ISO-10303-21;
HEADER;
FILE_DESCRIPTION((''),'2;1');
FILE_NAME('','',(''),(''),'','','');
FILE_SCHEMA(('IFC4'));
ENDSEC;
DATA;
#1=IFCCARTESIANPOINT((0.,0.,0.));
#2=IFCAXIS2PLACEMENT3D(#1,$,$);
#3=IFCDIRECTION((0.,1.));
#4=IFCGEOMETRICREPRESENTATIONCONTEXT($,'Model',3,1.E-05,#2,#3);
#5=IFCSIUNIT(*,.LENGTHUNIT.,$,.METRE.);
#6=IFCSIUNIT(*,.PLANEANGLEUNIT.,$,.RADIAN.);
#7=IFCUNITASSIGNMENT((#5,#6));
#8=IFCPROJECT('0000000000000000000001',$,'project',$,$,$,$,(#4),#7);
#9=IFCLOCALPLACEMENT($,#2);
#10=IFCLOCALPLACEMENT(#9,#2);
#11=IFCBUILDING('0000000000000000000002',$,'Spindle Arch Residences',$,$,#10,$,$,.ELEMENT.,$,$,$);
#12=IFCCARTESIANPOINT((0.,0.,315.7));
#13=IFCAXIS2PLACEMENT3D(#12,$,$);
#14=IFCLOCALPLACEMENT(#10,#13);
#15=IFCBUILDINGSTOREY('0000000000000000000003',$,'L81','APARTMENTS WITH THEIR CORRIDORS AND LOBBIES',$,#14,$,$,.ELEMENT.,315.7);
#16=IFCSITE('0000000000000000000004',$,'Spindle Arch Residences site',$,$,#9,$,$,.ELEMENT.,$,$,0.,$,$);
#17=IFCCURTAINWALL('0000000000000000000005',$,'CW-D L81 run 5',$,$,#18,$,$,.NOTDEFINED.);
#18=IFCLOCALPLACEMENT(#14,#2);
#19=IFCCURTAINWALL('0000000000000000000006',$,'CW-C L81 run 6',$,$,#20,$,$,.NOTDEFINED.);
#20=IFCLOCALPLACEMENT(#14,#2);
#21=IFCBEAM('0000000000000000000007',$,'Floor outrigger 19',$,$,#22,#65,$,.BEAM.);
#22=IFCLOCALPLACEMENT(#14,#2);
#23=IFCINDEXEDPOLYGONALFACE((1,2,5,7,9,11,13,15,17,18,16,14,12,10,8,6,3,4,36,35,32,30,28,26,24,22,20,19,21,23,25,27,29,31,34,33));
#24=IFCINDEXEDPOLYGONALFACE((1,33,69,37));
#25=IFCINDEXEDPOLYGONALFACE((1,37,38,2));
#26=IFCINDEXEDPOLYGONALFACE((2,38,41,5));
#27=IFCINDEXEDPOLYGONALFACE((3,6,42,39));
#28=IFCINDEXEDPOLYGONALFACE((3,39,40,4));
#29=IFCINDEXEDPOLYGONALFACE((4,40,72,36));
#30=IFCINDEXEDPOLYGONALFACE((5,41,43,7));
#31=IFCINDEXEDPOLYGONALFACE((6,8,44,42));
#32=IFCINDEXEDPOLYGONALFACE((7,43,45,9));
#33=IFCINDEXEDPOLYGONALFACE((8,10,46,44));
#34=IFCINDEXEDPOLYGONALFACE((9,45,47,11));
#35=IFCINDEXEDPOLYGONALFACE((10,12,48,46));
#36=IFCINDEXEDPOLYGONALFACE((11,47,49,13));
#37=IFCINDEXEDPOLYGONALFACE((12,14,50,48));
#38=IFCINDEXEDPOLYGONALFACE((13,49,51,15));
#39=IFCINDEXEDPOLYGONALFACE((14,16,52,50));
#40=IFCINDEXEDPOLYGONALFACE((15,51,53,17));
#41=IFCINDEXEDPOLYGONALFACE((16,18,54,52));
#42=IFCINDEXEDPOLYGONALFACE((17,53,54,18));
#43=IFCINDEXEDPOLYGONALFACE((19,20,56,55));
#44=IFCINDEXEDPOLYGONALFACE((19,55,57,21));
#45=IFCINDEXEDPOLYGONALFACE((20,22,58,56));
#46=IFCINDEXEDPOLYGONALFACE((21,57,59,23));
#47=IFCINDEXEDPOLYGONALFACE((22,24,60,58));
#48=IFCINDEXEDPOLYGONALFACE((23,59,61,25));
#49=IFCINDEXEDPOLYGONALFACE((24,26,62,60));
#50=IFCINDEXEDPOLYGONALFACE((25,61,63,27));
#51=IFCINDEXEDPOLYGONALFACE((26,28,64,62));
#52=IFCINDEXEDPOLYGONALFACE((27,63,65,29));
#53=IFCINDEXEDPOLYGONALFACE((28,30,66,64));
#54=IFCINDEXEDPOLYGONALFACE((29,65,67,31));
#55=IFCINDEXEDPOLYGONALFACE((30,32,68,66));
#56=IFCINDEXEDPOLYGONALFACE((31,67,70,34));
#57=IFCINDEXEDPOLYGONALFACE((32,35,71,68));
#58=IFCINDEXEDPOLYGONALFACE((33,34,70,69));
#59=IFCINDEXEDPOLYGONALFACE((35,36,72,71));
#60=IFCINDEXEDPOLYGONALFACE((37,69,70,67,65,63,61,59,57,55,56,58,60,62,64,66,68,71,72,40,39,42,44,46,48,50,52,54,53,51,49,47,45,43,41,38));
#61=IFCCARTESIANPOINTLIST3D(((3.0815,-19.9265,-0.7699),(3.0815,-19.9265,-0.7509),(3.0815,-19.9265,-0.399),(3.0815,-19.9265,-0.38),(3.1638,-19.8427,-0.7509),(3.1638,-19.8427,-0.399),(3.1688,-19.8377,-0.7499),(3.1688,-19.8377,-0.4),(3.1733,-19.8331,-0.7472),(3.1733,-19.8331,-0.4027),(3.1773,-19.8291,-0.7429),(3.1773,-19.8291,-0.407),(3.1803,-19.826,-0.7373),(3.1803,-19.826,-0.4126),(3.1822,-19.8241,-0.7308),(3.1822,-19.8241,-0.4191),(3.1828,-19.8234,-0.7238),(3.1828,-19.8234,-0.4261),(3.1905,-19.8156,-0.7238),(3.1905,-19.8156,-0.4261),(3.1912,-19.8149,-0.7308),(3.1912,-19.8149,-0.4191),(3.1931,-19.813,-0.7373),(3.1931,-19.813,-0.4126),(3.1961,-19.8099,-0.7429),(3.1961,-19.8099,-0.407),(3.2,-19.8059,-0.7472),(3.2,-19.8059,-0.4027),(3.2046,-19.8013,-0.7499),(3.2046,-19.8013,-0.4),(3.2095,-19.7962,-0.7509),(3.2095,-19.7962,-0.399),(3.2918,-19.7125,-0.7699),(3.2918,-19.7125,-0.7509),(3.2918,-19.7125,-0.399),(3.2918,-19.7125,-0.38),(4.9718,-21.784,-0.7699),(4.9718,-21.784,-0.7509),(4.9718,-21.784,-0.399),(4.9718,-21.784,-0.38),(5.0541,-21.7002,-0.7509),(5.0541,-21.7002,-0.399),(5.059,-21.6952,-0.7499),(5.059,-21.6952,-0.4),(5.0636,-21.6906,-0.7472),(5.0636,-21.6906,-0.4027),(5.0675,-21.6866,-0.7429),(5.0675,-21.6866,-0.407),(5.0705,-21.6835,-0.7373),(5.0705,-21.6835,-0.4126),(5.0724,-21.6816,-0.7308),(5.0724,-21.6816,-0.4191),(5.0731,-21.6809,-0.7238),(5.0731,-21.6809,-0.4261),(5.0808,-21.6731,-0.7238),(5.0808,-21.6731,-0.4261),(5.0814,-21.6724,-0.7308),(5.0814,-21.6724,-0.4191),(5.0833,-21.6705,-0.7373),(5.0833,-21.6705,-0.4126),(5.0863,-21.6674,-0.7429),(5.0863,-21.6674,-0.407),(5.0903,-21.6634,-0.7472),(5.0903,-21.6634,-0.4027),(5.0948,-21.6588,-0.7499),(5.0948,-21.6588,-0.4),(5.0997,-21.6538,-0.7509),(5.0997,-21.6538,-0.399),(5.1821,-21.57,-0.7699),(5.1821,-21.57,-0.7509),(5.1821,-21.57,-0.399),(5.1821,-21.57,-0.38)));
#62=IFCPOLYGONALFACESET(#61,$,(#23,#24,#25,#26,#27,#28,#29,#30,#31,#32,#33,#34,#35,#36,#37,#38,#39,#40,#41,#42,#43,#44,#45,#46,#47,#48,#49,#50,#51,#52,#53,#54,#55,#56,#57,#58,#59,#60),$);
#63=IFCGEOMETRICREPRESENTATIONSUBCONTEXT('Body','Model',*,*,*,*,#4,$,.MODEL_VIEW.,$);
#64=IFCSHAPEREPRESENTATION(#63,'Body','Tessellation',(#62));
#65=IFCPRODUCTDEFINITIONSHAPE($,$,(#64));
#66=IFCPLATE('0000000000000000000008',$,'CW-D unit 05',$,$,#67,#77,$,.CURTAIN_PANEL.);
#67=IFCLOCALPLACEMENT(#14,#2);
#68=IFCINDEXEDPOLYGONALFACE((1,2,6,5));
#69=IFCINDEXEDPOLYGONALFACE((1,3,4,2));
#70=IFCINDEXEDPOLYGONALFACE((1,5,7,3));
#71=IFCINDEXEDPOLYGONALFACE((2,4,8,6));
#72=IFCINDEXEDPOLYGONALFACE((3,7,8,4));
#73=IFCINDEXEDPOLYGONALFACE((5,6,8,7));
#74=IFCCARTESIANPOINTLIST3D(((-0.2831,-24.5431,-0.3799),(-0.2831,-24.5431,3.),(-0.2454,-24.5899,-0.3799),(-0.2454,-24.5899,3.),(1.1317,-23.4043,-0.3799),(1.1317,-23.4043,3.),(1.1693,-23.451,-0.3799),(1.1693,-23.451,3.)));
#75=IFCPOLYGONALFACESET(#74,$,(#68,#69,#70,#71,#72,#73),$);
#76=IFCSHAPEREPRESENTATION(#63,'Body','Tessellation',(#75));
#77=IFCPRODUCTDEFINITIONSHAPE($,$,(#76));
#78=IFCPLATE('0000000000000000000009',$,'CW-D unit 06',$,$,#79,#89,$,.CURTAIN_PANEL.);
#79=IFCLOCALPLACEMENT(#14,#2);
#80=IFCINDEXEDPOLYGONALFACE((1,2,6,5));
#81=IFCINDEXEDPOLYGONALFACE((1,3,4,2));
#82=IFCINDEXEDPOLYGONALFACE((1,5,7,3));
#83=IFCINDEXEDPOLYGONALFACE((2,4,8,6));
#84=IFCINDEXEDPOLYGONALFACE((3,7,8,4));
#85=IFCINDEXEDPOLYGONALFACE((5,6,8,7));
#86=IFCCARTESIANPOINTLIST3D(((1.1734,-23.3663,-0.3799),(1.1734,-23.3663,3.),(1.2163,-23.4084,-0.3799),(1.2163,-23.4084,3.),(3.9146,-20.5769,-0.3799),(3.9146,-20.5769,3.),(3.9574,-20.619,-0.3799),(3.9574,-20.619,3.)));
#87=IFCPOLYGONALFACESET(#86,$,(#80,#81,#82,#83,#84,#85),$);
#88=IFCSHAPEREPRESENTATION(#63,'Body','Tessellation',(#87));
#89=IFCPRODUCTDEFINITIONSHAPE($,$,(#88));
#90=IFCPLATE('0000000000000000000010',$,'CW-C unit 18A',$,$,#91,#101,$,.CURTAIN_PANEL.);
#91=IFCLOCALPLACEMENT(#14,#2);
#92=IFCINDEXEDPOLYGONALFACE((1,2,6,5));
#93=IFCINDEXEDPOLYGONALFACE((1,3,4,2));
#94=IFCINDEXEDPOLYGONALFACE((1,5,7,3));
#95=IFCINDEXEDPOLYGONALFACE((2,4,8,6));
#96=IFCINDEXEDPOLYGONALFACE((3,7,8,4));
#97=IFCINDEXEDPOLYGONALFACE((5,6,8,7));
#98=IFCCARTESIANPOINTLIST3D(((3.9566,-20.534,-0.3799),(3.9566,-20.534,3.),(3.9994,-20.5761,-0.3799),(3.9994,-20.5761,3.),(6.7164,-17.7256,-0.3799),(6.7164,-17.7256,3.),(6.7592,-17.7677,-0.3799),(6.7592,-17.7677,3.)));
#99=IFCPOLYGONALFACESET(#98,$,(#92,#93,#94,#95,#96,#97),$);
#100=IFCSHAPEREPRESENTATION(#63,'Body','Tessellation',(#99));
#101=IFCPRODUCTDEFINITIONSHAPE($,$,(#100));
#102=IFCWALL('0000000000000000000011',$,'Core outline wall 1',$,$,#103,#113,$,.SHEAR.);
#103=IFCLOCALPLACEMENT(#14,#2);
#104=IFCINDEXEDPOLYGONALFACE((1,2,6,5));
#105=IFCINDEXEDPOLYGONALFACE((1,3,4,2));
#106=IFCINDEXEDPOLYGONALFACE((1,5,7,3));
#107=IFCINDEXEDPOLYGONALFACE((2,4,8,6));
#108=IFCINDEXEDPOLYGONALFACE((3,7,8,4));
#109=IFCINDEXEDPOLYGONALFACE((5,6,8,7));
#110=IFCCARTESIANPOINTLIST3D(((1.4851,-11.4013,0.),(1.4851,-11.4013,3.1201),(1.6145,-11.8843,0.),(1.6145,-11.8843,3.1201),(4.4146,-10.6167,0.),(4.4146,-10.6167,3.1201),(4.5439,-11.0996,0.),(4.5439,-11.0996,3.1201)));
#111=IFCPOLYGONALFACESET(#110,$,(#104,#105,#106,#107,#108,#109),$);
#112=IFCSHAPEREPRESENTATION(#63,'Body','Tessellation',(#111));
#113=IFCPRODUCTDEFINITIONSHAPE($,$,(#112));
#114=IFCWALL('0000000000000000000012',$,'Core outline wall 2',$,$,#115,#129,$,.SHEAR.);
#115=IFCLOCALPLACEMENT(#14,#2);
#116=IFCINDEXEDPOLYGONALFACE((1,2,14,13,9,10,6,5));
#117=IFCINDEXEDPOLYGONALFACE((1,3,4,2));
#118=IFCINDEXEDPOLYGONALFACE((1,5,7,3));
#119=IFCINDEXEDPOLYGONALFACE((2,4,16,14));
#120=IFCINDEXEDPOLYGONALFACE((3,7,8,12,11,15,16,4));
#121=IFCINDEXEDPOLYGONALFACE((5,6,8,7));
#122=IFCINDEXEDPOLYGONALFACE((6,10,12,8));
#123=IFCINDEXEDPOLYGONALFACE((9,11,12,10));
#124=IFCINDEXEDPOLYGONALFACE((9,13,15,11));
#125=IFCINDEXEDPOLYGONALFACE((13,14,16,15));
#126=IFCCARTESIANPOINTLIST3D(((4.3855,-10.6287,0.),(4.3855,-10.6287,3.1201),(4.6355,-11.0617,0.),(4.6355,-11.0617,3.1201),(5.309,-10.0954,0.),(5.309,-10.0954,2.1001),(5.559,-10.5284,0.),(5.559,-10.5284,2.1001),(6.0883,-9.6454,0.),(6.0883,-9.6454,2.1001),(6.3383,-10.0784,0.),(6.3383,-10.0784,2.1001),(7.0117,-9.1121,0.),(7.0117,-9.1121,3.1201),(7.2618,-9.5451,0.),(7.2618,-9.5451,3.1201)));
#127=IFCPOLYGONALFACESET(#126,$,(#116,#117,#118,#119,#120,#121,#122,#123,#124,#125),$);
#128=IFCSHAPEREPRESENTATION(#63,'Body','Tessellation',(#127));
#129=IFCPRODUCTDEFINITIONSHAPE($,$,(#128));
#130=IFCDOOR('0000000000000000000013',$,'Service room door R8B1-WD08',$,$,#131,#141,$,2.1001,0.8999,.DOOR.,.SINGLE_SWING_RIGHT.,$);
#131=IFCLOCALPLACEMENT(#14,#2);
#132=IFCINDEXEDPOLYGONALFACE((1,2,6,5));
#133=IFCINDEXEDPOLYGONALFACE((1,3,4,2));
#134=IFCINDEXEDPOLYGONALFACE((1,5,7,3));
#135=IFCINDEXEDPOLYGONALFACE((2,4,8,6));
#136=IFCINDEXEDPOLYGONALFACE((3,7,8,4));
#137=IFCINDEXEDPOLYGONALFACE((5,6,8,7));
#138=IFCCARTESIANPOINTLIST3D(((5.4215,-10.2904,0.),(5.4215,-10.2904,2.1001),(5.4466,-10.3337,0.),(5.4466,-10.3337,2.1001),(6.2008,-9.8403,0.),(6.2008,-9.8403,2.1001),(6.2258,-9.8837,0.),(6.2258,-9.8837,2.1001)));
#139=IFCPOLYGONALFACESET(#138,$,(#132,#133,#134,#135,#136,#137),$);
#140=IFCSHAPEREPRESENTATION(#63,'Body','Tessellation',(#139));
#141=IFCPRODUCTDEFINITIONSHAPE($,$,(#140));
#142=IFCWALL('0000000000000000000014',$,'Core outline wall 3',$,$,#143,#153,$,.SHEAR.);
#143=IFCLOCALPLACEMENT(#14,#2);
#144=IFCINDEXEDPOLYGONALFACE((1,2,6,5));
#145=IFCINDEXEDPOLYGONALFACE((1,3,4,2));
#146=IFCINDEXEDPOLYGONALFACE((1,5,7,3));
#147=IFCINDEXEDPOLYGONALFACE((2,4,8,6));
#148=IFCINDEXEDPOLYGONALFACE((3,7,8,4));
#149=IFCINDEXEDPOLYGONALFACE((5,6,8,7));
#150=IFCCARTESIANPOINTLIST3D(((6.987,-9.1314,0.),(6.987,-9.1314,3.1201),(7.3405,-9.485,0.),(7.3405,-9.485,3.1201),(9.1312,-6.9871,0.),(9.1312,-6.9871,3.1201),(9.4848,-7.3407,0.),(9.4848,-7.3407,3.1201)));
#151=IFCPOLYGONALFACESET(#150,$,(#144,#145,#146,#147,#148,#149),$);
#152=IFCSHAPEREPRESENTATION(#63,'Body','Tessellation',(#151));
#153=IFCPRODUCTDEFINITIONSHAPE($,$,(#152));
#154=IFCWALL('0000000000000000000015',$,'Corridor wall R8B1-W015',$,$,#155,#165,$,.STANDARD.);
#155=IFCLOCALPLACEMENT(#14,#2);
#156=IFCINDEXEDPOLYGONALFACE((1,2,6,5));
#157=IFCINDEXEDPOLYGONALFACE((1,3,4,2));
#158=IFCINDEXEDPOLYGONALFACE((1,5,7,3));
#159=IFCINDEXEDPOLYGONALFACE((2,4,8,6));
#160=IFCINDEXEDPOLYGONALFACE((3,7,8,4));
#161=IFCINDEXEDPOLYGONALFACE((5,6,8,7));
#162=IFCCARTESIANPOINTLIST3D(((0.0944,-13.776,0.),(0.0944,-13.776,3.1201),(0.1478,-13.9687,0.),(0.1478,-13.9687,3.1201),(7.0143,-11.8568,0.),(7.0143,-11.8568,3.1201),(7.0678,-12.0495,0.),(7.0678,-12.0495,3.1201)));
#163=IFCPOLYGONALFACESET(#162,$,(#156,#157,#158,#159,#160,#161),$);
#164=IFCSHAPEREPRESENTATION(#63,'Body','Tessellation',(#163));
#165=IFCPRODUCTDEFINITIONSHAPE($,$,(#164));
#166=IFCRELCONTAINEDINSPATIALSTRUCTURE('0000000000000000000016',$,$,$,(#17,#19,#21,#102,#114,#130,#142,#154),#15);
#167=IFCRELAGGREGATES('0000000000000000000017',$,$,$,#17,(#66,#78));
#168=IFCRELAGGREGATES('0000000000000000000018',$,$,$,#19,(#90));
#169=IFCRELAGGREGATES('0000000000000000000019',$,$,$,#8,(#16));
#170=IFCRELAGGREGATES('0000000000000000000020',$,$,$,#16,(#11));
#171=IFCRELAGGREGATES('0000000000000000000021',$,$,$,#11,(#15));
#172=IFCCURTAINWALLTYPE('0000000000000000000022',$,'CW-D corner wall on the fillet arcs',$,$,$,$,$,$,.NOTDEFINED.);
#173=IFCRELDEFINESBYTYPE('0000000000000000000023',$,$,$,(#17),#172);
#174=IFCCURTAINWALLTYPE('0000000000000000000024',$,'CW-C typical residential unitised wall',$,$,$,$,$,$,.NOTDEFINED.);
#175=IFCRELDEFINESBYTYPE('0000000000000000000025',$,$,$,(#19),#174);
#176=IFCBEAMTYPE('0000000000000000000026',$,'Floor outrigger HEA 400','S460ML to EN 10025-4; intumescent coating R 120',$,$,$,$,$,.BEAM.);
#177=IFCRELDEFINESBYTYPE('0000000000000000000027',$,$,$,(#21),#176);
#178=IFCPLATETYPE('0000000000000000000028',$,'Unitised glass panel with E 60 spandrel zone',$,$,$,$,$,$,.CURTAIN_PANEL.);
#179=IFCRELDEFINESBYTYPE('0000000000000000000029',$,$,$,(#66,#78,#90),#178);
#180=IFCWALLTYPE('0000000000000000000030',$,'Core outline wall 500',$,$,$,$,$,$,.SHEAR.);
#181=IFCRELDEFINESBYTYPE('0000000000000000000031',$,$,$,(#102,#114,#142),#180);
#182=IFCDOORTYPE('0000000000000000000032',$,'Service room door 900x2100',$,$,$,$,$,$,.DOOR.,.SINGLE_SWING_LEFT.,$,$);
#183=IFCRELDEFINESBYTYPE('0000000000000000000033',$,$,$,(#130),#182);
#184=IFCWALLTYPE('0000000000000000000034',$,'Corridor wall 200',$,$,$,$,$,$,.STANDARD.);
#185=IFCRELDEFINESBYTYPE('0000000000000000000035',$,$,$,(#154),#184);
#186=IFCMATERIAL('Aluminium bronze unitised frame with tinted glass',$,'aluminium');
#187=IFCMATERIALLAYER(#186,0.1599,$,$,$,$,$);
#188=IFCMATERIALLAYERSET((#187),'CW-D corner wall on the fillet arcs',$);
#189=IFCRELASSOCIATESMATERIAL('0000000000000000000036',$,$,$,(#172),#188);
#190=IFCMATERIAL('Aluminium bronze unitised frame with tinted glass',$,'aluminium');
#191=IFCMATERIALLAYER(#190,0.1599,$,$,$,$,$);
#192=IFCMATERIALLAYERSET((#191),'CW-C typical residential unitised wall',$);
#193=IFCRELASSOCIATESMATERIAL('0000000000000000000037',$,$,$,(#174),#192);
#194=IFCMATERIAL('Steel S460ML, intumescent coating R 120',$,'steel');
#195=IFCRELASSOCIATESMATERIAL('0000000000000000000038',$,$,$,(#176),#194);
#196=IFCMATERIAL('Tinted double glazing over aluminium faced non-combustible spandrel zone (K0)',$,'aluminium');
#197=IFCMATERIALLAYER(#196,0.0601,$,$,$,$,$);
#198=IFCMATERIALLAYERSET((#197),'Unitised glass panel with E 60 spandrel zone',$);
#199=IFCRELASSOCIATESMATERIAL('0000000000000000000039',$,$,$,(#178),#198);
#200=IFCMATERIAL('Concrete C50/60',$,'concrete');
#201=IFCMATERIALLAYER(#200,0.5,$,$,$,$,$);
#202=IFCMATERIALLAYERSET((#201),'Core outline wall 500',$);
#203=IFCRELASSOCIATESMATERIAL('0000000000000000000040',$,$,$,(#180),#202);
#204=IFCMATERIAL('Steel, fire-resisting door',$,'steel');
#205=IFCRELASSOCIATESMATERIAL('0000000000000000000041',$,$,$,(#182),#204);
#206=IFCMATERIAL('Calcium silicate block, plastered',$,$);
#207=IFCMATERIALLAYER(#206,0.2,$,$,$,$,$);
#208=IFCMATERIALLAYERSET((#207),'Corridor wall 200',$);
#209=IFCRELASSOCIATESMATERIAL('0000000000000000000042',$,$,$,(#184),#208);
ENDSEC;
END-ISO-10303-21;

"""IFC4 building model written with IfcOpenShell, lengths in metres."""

from ifc_helpers import new_model, si_unit, direction, frame, frame_2d, origin, origin_2d, place, context, subcontext, project, spatial, rectangle, i_section, extrude, material, layer, layer_set, material_profile, profile_set, type_object, element, fill, aggregate, save


model = new_model("IFC4")

# Units and contexts
model_context = context("Model", 3, precision=1e-05, world=origin(), true_north=direction((0.0, 1.0)))
body_context = subcontext(model_context, "Body", "Model", "MODEL_VIEW")
ifc_project = project(units=[si_unit("LENGTHUNIT", "METRE"), si_unit("PLANEANGLEUNIT", "RADIAN")], contexts=[model_context])

# Site, building, storey
site_placement = place(None, origin())
site = spatial("IfcSite", under=ifc_project, at=site_placement, Name="Spindle Arch Residences site", CompositionType="ELEMENT", RefElevation=0.0)
building_placement = place(site_placement, origin())
building = spatial("IfcBuilding", under=site, at=building_placement, Name="Spindle Arch Residences", CompositionType="ELEMENT")
storey_placement = place(building_placement, frame((0.0, 0.0, 315.7)))
storey = spatial("IfcBuildingStorey", under=building, at=storey_placement, Name="L81", Description="APARTMENTS WITH THEIR CORRIDORS AND LOBBIES", CompositionType="ELEMENT", Elevation=315.7)

# Curtain walls
ifc_material_1 = material(Name="Aluminium bronze unitised frame with tinted glass", Category="aluminium")
ifc_layer_1 = layer(ifc_material_1, 0.1599)
ifc_layer_set_1 = layer_set([ifc_layer_1], Name="CW-D corner wall on the fillet arcs")
curtain_wall_type_1 = type_object("IfcCurtainWallType", Name="CW-D corner wall on the fillet arcs", PredefinedType="NOTDEFINED", material=ifc_layer_set_1)
curtain_wall_1_placement = place(storey_placement, origin())
curtain_wall_1 = element("IfcCurtainWall", 1, at=curtain_wall_1_placement, inside=storey, type_object=curtain_wall_type_1, Name="CW-D L81 run 5", PredefinedType="NOTDEFINED")
ifc_material_2 = material(Name="Aluminium bronze unitised frame with tinted glass", Category="aluminium")
ifc_layer_2 = layer(ifc_material_2, 0.1599)
ifc_layer_set_2 = layer_set([ifc_layer_2], Name="CW-C typical residential unitised wall")
curtain_wall_type_2 = type_object("IfcCurtainWallType", Name="CW-C typical residential unitised wall", PredefinedType="NOTDEFINED", material=ifc_layer_set_2)
curtain_wall_2_placement = place(storey_placement, origin())
curtain_wall_2 = element("IfcCurtainWall", 2, at=curtain_wall_2_placement, inside=storey, type_object=curtain_wall_type_2, Name="CW-C L81 run 6", PredefinedType="NOTDEFINED")

# Beam
ifc_material_3 = material(Name="Steel S460ML, intumescent coating R 120", Category="steel")
ifc_material_profile_1 = material_profile(ifc_material_3, i_section(OverallWidth=0.3, OverallDepth=0.3899, WebThickness=0.011, FlangeThickness=0.019, FilletRadius=0.0271, at=origin_2d()), Name="HEA 400")
ifc_profile_set_1 = profile_set([ifc_material_profile_1], Name="Steel S460ML, intumescent coating R 120")
beam_type_1 = type_object("IfcBeamType", Name="Floor outrigger HEA 400", Description="S460ML to EN 10025-4; intumescent coating R 120", PredefinedType="BEAM", material=ifc_profile_set_1)
beam_1_placement = place(storey_placement, frame((5.0769, -21.677, -0.575), z_axis=(-0.713252, 0.700907, 0.0), x_axis=(-0.700907, -0.713252, 0.0)))
element("IfcBeam", 3, at=beam_1_placement, inside=storey, type_object=beam_type_1, Name="Floor outrigger 19", PredefinedType="BEAM", context=body_context, shape_type="SweptSolid", body=[
    extrude(i_section(OverallWidth=0.3, OverallDepth=0.3899, WebThickness=0.011, FlangeThickness=0.019, FilletRadius=0.0271, at=origin_2d()), origin(), (0.0, 0.0, 1.0), 2.6501),
])

# Plates
ifc_material_4 = material(Name="Tinted double glazing over aluminium faced non-combustible spandrel zone (K0)", Category="aluminium")
ifc_layer_3 = layer(ifc_material_4, 0.0601)
ifc_layer_set_3 = layer_set([ifc_layer_3], Name="Unitised glass panel with E 60 spandrel zone")
plate_type = type_object("IfcPlateType", Name="Unitised glass panel with E 60 spandrel zone", PredefinedType="CURTAIN_PANEL", material=ifc_layer_set_3)
plate_1_placement = place(storey_placement, frame((0.4431, -23.9971, -0.3799), z_axis=(0.0, 0.0, 1.0), x_axis=(0.778973, 0.627057, 0.0)))
plate_1 = element("IfcPlate", 4, at=plate_1_placement, type_object=plate_type, Name="CW-D unit 05", PredefinedType="CURTAIN_PANEL", context=body_context, shape_type="SweptSolid", body=[
    extrude(rectangle(XDim=1.8162, YDim=0.0601, at=origin_2d()), origin(), (0.0, 0.0, 1.0), 3.3799),
])
plate_2_placement = place(storey_placement, frame((2.5654, -21.9927, -0.3799), z_axis=(0.0, 0.0, 1.0), x_axis=(0.700909, 0.71325, 0.0)))
plate_2 = element("IfcPlate", 5, at=plate_2_placement, type_object=plate_type, Name="CW-D unit 06", PredefinedType="CURTAIN_PANEL", context=body_context, shape_type="SweptSolid", body=[
    extrude(rectangle(XDim=3.9109, YDim=0.0601, at=origin_2d()), origin(), (0.0, 0.0, 1.0), 3.3799),
])
aggregate(curtain_wall_1, [plate_1, plate_2])
plate_3_placement = place(storey_placement, frame((5.3579, -19.1509, -0.3799), z_axis=(0.0, 0.0, 1.0), x_axis=(0.700909, 0.71325, 0.0)))
plate_3 = element("IfcPlate", 6, at=plate_3_placement, type_object=plate_type, Name="CW-C unit 18A", PredefinedType="CURTAIN_PANEL", context=body_context, shape_type="SweptSolid", body=[
    extrude(rectangle(XDim=3.9375, YDim=0.0601, at=origin_2d()), origin(), (0.0, 0.0, 1.0), 3.3799),
])
aggregate(curtain_wall_2, [plate_3])

# Wall
ifc_material_5 = material(Name="Concrete C50/60", Category="concrete")
ifc_layer_4 = layer(ifc_material_5, 0.5)
ifc_layer_set_4 = layer_set([ifc_layer_4], Name="Core outline wall 500")
wall_type_1 = type_object("IfcWallType", Name="Core outline wall 500", PredefinedType="SHEAR", material=ifc_layer_set_4)
wall_1_placement = place(storey_placement, frame((1.5498, -11.6428, 0.0), z_axis=(0.0, 0.0, 1.0), x_axis=(0.965948, 0.258735, 0.0)))
element("IfcWall", 7, at=wall_1_placement, inside=storey, type_object=wall_type_1, Name="Core outline wall 1", PredefinedType="SHEAR", context=body_context, shape_type="SweptSolid", body=[
    extrude(rectangle(XDim=3.0327, YDim=0.5, at=frame_2d((1.5164, 0.0))), origin(), (0.0, 0.0, 1.0), 3.1201),
])

# Wall, opening, door
wall_2_placement = place(storey_placement, frame((4.5105, -10.8452, 0.0), z_axis=(0.0, 0.0, 1.0), x_axis=(0.865975, 0.500087, 0.0)))
wall_2 = element("IfcWall", 8, at=wall_2_placement, inside=storey, type_object=wall_type_1, Name="Core outline wall 2", PredefinedType="SHEAR", context=body_context, shape_type="SweptSolid", body=[
    extrude(rectangle(XDim=3.0327, YDim=0.5, at=frame_2d((1.5164, 0.0))), origin(), (0.0, 0.0, 1.0), 3.1201),
])
opening_1_placement = place(wall_2_placement, frame((1.0664, 0.0, 0.0)))
opening_1 = element("IfcOpeningElement", 9, at=opening_1_placement, cuts=wall_2, PredefinedType="OPENING", context=body_context, shape_type="SweptSolid", body=[
    extrude(rectangle(XDim=0.8999, YDim=2.1001, at=frame_2d((0.45, 1.05))), frame((0.0, 0.26, 0.0), z_axis=(0.0, -1.0, 0.0), x_axis=(1.0, 0.0, 0.0)), (0.0, 0.0, 1.0), 0.52),
])
ifc_material_6 = material(Name="Steel, fire-resisting door", Category="steel")
door_type_1 = type_object("IfcDoorType", Name="Service room door 900x2100", OperationType="SINGLE_SWING_LEFT", PredefinedType="DOOR", material=ifc_material_6)
door_1_placement = place(opening_1_placement, origin())
door_1 = element("IfcDoor", 10, at=door_1_placement, inside=storey, type_object=door_type_1, Name="Service room door R8B1-WD08", OperationType="SINGLE_SWING_RIGHT", OverallHeight=2.1001, OverallWidth=0.8999, PredefinedType="DOOR", context=body_context, shape_type="SweptSolid", body=[
    extrude(rectangle(XDim=0.8999, YDim=2.1001, at=frame_2d((0.45, 1.05))), frame((0.0, 0.0249, 0.0), z_axis=(0.0, -1.0, 0.0), x_axis=(1.0, 0.0, 0.0)), (0.0, 0.0, 1.0), 0.05),
])
fill(opening_1, door_1)

# Walls
wall_3_placement = place(storey_placement, frame((7.1638, -9.3081, 0.0), z_axis=(0.0, 0.0, 1.0), x_axis=(0.707107, 0.707107, 0.0)))
element("IfcWall", 11, at=wall_3_placement, inside=storey, type_object=wall_type_1, Name="Core outline wall 3", PredefinedType="SHEAR", context=body_context, shape_type="SweptSolid", body=[
    extrude(rectangle(XDim=3.0325, YDim=0.5, at=frame_2d((1.5161, 0.0))), origin(), (0.0, 0.0, 1.0), 3.1201),
])
ifc_material_7 = material(Name="Calcium silicate block, plastered")
ifc_layer_5 = layer(ifc_material_7, 0.2)
ifc_layer_set_5 = layer_set([ifc_layer_5], Name="Corridor wall 200")
wall_type_2 = type_object("IfcWallType", Name="Corridor wall 200", PredefinedType="STANDARD", material=ifc_layer_set_5)
wall_4_placement = place(storey_placement, frame((0.1211, -13.8723, 0.0), z_axis=(0.0, 0.0, 1.0), x_axis=(0.963626, 0.267255, 0.0)))
element("IfcWall", 12, at=wall_4_placement, inside=storey, type_object=wall_type_2, Name="Corridor wall R8B1-W015", PredefinedType="STANDARD", context=body_context, shape_type="SweptSolid", body=[
    extrude(rectangle(XDim=7.1812, YDim=0.2, at=frame_2d((3.5906, 0.0))), origin(), (0.0, 0.0, 1.0), 3.1201),
])

save(model, "model.ifc")
